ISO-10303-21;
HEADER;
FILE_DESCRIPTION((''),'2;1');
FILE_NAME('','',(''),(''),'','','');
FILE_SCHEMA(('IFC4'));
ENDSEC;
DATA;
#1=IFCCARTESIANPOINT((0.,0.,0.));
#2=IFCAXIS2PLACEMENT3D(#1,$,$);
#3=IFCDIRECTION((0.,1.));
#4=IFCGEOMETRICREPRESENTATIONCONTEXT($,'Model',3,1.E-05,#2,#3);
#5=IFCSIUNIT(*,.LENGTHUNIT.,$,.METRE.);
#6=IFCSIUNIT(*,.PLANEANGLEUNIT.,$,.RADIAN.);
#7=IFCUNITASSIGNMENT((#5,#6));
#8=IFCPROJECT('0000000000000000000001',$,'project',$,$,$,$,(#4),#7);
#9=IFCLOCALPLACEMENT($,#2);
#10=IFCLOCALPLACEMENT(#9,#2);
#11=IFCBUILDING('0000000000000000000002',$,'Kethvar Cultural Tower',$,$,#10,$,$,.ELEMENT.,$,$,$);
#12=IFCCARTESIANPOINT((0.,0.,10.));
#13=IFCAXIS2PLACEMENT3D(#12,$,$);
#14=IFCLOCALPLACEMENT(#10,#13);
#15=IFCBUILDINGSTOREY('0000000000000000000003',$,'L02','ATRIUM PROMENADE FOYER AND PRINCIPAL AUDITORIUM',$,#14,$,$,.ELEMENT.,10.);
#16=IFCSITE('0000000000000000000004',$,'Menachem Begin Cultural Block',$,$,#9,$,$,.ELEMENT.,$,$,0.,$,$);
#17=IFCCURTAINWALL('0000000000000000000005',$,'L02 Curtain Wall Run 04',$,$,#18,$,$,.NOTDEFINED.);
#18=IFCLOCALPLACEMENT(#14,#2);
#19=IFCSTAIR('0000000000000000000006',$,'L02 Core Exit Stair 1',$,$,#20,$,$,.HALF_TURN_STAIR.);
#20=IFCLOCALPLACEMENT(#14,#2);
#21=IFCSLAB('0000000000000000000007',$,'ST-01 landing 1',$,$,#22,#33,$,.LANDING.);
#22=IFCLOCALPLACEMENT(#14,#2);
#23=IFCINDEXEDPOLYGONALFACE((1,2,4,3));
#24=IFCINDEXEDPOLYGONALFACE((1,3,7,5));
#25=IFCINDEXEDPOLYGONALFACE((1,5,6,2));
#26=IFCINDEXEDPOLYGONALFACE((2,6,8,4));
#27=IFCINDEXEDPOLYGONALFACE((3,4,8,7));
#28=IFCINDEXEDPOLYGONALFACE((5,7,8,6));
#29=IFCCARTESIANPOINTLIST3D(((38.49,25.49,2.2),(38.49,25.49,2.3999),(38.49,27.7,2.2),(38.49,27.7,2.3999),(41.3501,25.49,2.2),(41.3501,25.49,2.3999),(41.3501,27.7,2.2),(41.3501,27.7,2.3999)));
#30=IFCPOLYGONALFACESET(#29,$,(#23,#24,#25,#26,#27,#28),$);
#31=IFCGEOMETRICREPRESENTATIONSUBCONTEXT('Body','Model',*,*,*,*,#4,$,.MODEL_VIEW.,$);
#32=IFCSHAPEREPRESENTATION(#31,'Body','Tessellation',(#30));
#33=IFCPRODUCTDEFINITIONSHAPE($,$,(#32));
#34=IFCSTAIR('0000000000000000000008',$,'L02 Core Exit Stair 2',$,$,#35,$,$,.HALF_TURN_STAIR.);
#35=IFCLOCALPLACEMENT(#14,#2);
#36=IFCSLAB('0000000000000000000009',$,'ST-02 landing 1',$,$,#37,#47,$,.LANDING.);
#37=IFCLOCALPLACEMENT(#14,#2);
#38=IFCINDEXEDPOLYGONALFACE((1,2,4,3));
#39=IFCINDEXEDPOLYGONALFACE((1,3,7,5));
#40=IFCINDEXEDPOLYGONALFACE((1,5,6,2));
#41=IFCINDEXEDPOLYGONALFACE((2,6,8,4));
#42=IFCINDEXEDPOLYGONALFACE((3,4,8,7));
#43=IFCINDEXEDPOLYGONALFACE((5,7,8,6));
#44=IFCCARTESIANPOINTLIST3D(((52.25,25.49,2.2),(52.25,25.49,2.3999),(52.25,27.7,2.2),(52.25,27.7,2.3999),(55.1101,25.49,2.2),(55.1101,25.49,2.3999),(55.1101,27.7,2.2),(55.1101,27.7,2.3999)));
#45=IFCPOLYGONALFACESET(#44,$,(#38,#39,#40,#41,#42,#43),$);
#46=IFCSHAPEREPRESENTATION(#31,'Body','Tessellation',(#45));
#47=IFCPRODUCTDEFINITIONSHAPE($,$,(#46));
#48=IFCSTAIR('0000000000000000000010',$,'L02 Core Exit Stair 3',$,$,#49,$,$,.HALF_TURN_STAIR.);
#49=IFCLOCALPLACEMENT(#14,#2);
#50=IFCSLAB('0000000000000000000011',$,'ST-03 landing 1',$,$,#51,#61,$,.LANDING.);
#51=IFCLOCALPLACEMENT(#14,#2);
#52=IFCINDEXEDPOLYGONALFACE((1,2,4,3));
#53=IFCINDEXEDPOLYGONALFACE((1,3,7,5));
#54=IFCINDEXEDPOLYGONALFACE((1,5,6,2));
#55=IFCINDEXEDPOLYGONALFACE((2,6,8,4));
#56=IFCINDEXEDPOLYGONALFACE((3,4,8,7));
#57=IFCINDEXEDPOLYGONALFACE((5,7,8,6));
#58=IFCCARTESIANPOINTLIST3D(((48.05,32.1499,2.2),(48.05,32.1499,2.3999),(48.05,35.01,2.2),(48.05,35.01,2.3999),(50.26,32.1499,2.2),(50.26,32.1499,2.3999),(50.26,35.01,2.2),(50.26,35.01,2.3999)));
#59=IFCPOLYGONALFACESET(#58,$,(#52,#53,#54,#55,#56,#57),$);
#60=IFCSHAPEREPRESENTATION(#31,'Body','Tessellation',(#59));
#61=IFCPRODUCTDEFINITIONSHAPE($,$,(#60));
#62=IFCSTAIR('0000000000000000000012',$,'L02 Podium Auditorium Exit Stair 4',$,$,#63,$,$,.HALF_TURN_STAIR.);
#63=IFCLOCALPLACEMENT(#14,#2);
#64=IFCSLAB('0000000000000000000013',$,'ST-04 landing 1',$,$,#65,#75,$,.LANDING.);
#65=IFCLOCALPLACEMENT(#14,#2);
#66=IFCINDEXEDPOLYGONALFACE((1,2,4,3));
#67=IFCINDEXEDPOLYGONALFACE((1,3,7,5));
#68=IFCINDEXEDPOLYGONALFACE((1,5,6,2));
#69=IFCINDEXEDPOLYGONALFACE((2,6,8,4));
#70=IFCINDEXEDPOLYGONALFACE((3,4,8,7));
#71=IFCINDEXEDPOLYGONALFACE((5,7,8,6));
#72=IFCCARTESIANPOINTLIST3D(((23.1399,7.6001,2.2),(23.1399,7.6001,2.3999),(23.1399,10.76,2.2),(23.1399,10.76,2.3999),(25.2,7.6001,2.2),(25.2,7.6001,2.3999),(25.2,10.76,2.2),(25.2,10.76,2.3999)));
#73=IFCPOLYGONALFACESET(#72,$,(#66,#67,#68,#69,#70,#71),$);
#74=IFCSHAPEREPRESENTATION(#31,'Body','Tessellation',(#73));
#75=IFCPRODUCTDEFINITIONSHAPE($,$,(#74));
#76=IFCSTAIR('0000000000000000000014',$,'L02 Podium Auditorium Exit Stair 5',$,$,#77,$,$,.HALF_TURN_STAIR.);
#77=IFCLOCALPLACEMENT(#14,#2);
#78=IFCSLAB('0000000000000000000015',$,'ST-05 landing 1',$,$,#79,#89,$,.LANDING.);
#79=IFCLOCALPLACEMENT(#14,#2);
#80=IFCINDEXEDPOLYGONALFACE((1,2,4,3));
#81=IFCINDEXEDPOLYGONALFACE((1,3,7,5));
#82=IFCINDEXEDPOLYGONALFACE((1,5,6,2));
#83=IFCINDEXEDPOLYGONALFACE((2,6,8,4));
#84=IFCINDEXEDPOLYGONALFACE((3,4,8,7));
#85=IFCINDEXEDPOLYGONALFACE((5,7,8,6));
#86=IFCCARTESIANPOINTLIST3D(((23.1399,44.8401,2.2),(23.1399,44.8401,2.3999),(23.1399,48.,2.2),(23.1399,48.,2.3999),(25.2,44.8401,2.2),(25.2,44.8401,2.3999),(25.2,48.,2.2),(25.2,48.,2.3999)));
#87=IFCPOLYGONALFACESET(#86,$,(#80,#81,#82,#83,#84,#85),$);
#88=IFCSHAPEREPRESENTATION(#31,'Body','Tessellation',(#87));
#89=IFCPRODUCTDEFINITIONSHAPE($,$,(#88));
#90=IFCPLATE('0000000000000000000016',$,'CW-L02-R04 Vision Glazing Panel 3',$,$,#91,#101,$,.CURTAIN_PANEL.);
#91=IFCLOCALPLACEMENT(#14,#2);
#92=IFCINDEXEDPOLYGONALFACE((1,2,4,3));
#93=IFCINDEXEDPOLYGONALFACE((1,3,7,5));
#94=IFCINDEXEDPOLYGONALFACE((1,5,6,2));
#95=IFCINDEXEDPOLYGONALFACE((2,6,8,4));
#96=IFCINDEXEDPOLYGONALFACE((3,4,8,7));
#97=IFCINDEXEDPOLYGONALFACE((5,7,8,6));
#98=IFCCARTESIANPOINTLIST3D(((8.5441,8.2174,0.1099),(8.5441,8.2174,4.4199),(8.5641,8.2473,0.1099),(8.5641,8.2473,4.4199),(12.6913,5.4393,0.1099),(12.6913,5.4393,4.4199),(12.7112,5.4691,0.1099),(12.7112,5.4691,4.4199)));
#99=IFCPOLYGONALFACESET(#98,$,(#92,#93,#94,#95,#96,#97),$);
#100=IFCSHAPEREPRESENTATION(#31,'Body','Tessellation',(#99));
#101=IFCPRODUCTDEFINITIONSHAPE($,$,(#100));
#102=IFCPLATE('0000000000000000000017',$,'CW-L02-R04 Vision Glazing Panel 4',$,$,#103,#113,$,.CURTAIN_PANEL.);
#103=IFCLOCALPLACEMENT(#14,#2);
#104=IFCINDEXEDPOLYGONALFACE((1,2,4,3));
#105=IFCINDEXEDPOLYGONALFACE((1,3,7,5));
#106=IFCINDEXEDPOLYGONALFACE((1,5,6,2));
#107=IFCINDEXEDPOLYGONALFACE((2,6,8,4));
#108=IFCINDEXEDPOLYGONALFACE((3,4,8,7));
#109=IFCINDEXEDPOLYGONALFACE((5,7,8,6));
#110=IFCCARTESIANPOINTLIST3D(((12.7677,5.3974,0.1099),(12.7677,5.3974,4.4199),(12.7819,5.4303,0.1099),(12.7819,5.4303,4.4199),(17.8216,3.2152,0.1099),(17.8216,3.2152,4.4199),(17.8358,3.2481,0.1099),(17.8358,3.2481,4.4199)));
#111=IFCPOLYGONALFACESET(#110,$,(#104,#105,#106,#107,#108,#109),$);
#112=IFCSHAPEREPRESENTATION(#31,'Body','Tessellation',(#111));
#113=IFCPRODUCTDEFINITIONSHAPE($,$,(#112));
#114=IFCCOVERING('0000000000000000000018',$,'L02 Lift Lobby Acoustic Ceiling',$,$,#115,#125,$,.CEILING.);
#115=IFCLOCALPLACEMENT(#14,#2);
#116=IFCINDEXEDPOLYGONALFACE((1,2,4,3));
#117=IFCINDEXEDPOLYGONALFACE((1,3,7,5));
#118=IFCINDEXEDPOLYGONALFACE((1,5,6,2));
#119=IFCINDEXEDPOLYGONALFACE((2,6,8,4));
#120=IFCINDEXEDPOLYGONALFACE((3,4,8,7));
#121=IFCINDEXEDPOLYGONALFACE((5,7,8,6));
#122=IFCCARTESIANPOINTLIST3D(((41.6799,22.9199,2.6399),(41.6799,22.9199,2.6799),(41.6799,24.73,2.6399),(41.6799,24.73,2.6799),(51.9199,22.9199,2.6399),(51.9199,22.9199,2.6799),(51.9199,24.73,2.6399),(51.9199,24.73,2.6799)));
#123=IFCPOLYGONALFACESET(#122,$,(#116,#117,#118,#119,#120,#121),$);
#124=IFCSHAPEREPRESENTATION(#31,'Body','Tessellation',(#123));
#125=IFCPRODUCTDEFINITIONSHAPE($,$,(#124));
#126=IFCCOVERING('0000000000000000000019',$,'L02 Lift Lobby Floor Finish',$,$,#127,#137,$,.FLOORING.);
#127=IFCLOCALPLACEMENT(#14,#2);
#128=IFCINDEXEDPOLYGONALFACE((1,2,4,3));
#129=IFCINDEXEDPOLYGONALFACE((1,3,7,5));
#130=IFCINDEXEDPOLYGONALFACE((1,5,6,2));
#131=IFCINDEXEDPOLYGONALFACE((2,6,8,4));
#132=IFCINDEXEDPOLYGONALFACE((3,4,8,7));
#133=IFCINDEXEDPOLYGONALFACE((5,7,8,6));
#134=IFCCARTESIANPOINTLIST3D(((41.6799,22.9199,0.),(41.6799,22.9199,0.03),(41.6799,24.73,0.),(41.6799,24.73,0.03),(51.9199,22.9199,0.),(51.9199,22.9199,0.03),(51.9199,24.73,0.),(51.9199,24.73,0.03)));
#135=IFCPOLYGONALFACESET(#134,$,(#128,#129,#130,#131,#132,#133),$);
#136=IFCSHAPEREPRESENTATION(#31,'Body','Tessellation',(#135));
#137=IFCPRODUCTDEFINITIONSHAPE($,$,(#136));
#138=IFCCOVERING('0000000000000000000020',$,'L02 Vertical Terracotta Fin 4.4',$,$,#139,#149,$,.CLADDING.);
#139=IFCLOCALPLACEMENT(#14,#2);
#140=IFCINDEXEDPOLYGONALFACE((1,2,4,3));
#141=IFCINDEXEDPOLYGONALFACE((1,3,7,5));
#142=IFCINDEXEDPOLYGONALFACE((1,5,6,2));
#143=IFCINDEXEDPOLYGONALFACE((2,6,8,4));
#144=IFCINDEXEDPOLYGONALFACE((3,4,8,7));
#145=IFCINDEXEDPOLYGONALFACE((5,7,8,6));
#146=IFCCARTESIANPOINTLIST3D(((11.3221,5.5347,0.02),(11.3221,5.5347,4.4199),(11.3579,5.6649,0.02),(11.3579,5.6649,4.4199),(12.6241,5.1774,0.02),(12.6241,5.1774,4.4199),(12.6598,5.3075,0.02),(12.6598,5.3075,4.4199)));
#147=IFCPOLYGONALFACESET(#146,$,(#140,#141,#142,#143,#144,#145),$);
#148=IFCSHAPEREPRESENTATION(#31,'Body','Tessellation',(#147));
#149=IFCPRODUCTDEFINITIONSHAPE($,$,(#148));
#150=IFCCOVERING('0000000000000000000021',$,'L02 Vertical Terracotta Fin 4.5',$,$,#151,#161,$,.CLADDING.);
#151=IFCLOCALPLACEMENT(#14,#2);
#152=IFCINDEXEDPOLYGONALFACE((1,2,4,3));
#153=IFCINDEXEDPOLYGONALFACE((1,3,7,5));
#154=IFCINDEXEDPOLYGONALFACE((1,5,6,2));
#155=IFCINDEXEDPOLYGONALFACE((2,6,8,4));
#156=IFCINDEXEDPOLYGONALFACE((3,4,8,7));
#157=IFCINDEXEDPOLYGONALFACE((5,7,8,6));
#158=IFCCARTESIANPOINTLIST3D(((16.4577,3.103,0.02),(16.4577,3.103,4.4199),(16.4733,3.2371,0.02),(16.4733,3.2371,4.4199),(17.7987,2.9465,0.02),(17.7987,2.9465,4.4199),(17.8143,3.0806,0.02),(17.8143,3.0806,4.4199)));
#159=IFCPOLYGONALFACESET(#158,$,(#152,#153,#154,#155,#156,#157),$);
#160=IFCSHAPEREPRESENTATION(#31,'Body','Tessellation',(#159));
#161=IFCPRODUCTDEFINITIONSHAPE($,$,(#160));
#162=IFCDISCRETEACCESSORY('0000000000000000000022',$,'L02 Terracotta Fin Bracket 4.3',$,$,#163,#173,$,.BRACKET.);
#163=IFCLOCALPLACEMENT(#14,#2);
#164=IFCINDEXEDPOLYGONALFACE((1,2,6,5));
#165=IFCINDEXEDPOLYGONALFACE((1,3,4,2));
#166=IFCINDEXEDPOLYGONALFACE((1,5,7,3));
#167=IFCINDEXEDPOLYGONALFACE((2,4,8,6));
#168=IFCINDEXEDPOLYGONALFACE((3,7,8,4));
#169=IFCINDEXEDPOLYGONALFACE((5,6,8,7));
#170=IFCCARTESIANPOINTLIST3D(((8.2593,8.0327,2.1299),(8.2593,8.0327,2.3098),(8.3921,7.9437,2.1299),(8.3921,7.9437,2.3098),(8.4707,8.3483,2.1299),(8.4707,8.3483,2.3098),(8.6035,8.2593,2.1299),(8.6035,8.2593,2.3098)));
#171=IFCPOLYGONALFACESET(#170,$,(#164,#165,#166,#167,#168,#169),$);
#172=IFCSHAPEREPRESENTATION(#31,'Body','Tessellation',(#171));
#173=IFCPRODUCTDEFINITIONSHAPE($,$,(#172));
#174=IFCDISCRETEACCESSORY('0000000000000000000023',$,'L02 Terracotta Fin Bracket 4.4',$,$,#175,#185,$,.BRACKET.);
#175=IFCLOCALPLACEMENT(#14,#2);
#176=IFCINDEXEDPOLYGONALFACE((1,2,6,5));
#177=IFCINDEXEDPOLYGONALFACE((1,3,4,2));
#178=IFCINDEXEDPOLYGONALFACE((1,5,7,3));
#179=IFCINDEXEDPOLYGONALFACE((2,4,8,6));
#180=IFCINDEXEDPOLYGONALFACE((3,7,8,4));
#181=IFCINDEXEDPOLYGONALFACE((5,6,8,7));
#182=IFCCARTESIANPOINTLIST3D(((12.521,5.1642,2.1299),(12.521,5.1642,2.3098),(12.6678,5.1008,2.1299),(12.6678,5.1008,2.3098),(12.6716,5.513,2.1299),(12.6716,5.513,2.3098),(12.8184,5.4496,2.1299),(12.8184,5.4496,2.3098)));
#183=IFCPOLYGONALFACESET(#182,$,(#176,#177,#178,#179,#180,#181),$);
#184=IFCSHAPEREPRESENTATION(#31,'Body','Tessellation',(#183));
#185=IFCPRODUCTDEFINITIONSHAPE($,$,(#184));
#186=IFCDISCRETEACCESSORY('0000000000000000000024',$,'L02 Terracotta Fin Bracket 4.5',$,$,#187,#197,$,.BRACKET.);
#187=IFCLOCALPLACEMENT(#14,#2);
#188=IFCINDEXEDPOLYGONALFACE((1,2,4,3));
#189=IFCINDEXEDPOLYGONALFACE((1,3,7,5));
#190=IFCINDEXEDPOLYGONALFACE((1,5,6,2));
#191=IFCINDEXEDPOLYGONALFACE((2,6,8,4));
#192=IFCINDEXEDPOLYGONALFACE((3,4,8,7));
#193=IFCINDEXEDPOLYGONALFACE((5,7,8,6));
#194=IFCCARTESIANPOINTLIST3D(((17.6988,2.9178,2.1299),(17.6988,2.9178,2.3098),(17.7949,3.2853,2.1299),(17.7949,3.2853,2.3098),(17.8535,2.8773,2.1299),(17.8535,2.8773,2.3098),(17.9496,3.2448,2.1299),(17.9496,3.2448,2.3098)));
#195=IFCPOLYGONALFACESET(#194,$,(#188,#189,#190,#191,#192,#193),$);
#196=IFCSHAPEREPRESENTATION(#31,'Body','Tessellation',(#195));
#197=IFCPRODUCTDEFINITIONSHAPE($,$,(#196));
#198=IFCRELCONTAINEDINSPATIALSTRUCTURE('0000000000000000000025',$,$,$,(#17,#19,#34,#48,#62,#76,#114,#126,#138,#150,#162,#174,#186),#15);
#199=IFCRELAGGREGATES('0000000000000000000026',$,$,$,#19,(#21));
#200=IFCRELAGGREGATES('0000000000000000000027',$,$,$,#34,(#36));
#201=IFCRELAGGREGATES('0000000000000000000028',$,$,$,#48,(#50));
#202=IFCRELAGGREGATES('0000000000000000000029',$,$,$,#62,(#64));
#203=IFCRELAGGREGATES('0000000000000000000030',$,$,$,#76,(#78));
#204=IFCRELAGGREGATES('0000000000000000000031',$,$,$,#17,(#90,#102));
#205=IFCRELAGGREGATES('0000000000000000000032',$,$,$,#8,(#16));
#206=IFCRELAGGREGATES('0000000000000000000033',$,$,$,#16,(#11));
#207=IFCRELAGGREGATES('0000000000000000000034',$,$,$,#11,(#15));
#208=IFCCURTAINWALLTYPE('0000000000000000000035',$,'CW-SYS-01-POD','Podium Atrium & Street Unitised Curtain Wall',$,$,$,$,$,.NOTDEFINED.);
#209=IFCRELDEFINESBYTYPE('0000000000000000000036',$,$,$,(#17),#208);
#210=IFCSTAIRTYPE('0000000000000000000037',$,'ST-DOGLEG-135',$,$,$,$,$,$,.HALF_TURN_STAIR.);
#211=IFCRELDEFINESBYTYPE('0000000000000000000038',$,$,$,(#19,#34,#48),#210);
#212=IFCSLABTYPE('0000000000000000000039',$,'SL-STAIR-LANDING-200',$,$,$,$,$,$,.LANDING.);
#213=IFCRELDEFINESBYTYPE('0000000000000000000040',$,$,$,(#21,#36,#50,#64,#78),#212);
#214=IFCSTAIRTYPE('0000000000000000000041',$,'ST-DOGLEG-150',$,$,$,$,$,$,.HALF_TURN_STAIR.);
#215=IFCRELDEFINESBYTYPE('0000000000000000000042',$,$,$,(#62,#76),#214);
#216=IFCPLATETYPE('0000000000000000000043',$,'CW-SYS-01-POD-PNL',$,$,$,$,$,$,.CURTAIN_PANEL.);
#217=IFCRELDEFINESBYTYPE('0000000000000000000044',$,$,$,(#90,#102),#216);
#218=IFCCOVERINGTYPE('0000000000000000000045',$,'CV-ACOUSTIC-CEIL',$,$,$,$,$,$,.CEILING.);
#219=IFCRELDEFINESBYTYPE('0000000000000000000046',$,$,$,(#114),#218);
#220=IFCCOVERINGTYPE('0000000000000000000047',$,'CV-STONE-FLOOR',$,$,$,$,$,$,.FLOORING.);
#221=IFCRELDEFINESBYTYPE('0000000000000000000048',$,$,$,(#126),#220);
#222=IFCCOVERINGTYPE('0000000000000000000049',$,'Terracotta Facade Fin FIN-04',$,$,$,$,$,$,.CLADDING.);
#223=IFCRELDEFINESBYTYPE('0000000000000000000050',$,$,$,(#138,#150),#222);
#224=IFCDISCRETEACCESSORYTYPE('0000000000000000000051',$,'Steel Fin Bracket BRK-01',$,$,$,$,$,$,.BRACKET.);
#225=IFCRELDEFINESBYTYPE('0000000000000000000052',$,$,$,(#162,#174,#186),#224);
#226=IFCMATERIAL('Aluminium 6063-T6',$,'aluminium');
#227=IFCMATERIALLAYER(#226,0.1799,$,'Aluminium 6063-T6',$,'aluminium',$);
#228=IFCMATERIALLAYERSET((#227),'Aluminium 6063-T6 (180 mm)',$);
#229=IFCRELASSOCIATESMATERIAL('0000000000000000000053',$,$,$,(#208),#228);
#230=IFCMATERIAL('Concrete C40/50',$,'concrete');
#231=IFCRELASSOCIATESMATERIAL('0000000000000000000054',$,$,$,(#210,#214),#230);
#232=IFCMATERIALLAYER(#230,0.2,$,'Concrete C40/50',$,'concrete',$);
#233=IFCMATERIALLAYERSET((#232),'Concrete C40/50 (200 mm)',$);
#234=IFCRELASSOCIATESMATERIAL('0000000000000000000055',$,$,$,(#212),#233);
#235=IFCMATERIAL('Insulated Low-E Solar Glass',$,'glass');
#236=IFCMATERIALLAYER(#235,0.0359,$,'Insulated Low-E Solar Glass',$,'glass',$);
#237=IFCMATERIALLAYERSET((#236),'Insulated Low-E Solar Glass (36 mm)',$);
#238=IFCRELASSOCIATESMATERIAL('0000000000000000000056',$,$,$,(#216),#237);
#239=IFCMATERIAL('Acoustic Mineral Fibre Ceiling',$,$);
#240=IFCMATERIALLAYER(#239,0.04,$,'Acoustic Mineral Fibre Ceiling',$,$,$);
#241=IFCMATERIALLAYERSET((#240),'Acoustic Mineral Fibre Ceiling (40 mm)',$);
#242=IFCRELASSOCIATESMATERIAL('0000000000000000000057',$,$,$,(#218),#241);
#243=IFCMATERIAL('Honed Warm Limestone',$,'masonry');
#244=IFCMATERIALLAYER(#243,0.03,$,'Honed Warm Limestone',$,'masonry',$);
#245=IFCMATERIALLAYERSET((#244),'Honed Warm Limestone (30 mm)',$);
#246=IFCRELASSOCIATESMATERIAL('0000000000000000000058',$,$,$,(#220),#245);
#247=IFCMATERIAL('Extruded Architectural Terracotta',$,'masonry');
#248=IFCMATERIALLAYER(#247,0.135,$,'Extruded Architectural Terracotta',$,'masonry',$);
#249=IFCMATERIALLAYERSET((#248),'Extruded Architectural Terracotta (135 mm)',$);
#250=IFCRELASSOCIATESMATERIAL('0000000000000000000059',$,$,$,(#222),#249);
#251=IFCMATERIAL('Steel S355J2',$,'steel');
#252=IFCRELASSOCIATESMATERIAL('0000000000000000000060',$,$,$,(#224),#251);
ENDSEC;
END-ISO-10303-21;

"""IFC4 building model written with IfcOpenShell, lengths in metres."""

from ifc_helpers import new_model, si_unit, direction, frame, origin, origin_2d, place, context, subcontext, project, spatial, polyline, rectangle, outline, extrude, source, transform, mapped, material, layer, layer_set, type_object, element, aggregate, save


model = new_model("IFC4")

# Units and contexts
model_context = context("Model", 3, precision=1e-05, world=origin(), true_north=direction((0.0, 1.0)))
body_context = subcontext(model_context, "Body", "Model", "MODEL_VIEW")
ifc_project = project(units=[si_unit("LENGTHUNIT", "METRE"), si_unit("PLANEANGLEUNIT", "RADIAN")], contexts=[model_context])

# Site, building, storey
site_placement = place(None, origin())
site = spatial("IfcSite", under=ifc_project, at=site_placement, Name="Menachem Begin Cultural Block", CompositionType="ELEMENT", RefElevation=0.0)
building_placement = place(site_placement, origin())
building = spatial("IfcBuilding", under=site, at=building_placement, Name="Kethvar Cultural Tower", CompositionType="ELEMENT")
storey_placement = place(building_placement, frame((0.0, 0.0, 10.0)))
storey = spatial("IfcBuildingStorey", under=building, at=storey_placement, Name="L02", Description="ATRIUM PROMENADE FOYER AND PRINCIPAL AUDITORIUM", CompositionType="ELEMENT", Elevation=10.0)

# Curtain wall
ifc_material_1 = material(Name="Aluminium 6063-T6", Category="aluminium")
ifc_layer_1 = layer(ifc_material_1, 0.1799, Name="Aluminium 6063-T6", Category="aluminium")
ifc_layer_set_1 = layer_set([ifc_layer_1], Name="Aluminium 6063-T6 (180 mm)")
curtain_wall_type = type_object("IfcCurtainWallType", Name="CW-SYS-01-POD", Description="Podium Atrium & Street Unitised Curtain Wall", PredefinedType="NOTDEFINED", material=ifc_layer_set_1)
curtain_wall_placement = place(storey_placement, origin())
curtain_wall = element("IfcCurtainWall", 1, at=curtain_wall_placement, inside=storey, type_object=curtain_wall_type, Name="L02 Curtain Wall Run 04", PredefinedType="NOTDEFINED")

# Shared definitions
ifc_material_2 = material(Name="Concrete C40/50", Category="concrete")

# Stairs, slabs
stair_type_1 = type_object("IfcStairType", Name="ST-DOGLEG-135", PredefinedType="HALF_TURN_STAIR", material=ifc_material_2)
stair_1_placement = place(storey_placement, origin())
stair_1 = element("IfcStair", 2, at=stair_1_placement, inside=storey, type_object=stair_type_1, Name="L02 Core Exit Stair 1", PredefinedType="HALF_TURN_STAIR")
ifc_layer_2 = layer(ifc_material_2, 0.2, Name="Concrete C40/50", Category="concrete")
ifc_layer_set_2 = layer_set([ifc_layer_2], Name="Concrete C40/50 (200 mm)")
slab_type_1 = type_object("IfcSlabType", Name="SL-STAIR-LANDING-200", PredefinedType="LANDING", material=ifc_layer_set_2)
slab_1_placement = place(storey_placement, frame((0.0, 0.0, 2.2)))
slab_1 = element("IfcSlab", 3, at=slab_1_placement, type_object=slab_type_1, Name="ST-01 landing 1", PredefinedType="LANDING", context=body_context, shape_type="SweptSolid", body=[
    extrude(outline(polyline([(41.3501, 25.49), (41.3501, 27.7), (38.49, 27.7), (38.49, 25.49), (41.3501, 25.49)])), origin(), (0.0, 0.0, 1.0), 0.2),
])
aggregate(stair_1, [slab_1])
stair_2_placement = place(storey_placement, origin())
stair_2 = element("IfcStair", 4, at=stair_2_placement, inside=storey, type_object=stair_type_1, Name="L02 Core Exit Stair 2", PredefinedType="HALF_TURN_STAIR")
slab_2_placement = place(storey_placement, frame((0.0, 0.0, 2.2)))
slab_2 = element("IfcSlab", 5, at=slab_2_placement, type_object=slab_type_1, Name="ST-02 landing 1", PredefinedType="LANDING", context=body_context, shape_type="SweptSolid", body=[
    extrude(outline(polyline([(55.1101, 25.49), (55.1101, 27.7), (52.25, 27.7), (52.25, 25.49), (55.1101, 25.49)])), origin(), (0.0, 0.0, 1.0), 0.2),
])
aggregate(stair_2, [slab_2])
stair_3_placement = place(storey_placement, origin())
stair_3 = element("IfcStair", 6, at=stair_3_placement, inside=storey, type_object=stair_type_1, Name="L02 Core Exit Stair 3", PredefinedType="HALF_TURN_STAIR")
slab_3_placement = place(storey_placement, frame((0.0, 0.0, 2.2)))
slab_3 = element("IfcSlab", 7, at=slab_3_placement, type_object=slab_type_1, Name="ST-03 landing 1", PredefinedType="LANDING", context=body_context, shape_type="SweptSolid", body=[
    extrude(outline(polyline([(50.26, 35.01), (48.05, 35.01), (48.05, 32.1499), (50.26, 32.1499), (50.26, 35.01)])), origin(), (0.0, 0.0, 1.0), 0.2),
])
aggregate(stair_3, [slab_3])
stair_type_2 = type_object("IfcStairType", Name="ST-DOGLEG-150", PredefinedType="HALF_TURN_STAIR", material=ifc_material_2)
stair_4_placement = place(storey_placement, origin())
stair_4 = element("IfcStair", 8, at=stair_4_placement, inside=storey, type_object=stair_type_2, Name="L02 Podium Auditorium Exit Stair 4", PredefinedType="HALF_TURN_STAIR")
slab_4_placement = place(storey_placement, frame((0.0, 0.0, 2.2)))
slab_4 = element("IfcSlab", 9, at=slab_4_placement, type_object=slab_type_1, Name="ST-04 landing 1", PredefinedType="LANDING", context=body_context, shape_type="SweptSolid", body=[
    extrude(outline(polyline([(23.1399, 7.6001), (25.2, 7.6001), (25.2, 10.76), (23.1399, 10.76), (23.1399, 7.6001)])), origin(), (0.0, 0.0, 1.0), 0.2),
])
aggregate(stair_4, [slab_4])
stair_5_placement = place(storey_placement, origin())
stair_5 = element("IfcStair", 10, at=stair_5_placement, inside=storey, type_object=stair_type_2, Name="L02 Podium Auditorium Exit Stair 5", PredefinedType="HALF_TURN_STAIR")
slab_5_placement = place(storey_placement, frame((0.0, 0.0, 2.2)))
slab_5 = element("IfcSlab", 11, at=slab_5_placement, type_object=slab_type_1, Name="ST-05 landing 1", PredefinedType="LANDING", context=body_context, shape_type="SweptSolid", body=[
    extrude(outline(polyline([(23.1399, 44.8401), (25.2, 44.8401), (25.2, 48.0), (23.1399, 48.0), (23.1399, 44.8401)])), origin(), (0.0, 0.0, 1.0), 0.2),
])
aggregate(stair_5, [slab_5])

# Plates
ifc_material_3 = material(Name="Insulated Low-E Solar Glass", Category="glass")
ifc_layer_3 = layer(ifc_material_3, 0.0359, Name="Insulated Low-E Solar Glass", Category="glass")
ifc_layer_set_3 = layer_set([ifc_layer_3], Name="Insulated Low-E Solar Glass (36 mm)")
plate_type = type_object("IfcPlateType", Name="CW-SYS-01-POD-PNL", PredefinedType="CURTAIN_PANEL", material=ifc_layer_set_3)
shared_shape_1 = source(origin(), body_context, "Body", "SweptSolid", [
    extrude(rectangle(XDim=4.9917, YDim=0.0359, at=origin_2d()), origin(), (0.0, 0.0, 1.0), 4.3101),
])
plate_1_placement = place(storey_placement, frame((10.6277, 6.8433, 0.1099), z_axis=(0.0, 0.0, 1.0), x_axis=(0.83081, -0.556557, 0.0)))
plate_1 = element("IfcPlate", 12, at=plate_1_placement, type_object=plate_type, Name="CW-L02-R04 Vision Glazing Panel 3", PredefinedType="CURTAIN_PANEL", context=body_context, shape_type="MappedRepresentation", body=[
    mapped(shared_shape_1, transform((0.0, 0.0, 0.0), scale=1.0)),
])
shared_shape_2 = source(origin(), body_context, "Body", "SweptSolid", [
    extrude(rectangle(XDim=5.5049, YDim=0.0359, at=origin_2d()), origin(), (0.0, 0.0, 1.0), 4.3101),
])
plate_2_placement = place(storey_placement, frame((15.3018, 4.3228, 0.1099), z_axis=(0.0, 0.0, 1.0), x_axis=(0.918073, -0.396411, 0.0)))
plate_2 = element("IfcPlate", 13, at=plate_2_placement, type_object=plate_type, Name="CW-L02-R04 Vision Glazing Panel 4", PredefinedType="CURTAIN_PANEL", context=body_context, shape_type="MappedRepresentation", body=[
    mapped(shared_shape_2, transform((0.0, 0.0, 0.0), scale=1.0)),
])
aggregate(curtain_wall, [plate_1, plate_2])

# Shared definitions
ifc_material_4 = material(Name="Steel S355J2", Category="steel")

# Coverings
ifc_material_5 = material(Name="Acoustic Mineral Fibre Ceiling")
ifc_layer_4 = layer(ifc_material_5, 0.04, Name="Acoustic Mineral Fibre Ceiling")
ifc_layer_set_4 = layer_set([ifc_layer_4], Name="Acoustic Mineral Fibre Ceiling (40 mm)")
covering_type_1 = type_object("IfcCoveringType", Name="CV-ACOUSTIC-CEIL", PredefinedType="CEILING", material=ifc_layer_set_4)
covering_1_placement = place(storey_placement, frame((0.0, 0.0, 2.6399)))
element("IfcCovering", 14, at=covering_1_placement, inside=storey, type_object=covering_type_1, Name="L02 Lift Lobby Acoustic Ceiling", PredefinedType="CEILING", context=body_context, shape_type="SweptSolid", body=[
    extrude(outline(polyline([(41.6799, 22.9199), (51.9199, 22.9199), (51.9199, 24.73), (41.6799, 24.73), (41.6799, 22.9199)])), origin(), (0.0, 0.0, 1.0), 0.04),
])
ifc_material_6 = material(Name="Honed Warm Limestone", Category="masonry")
ifc_layer_5 = layer(ifc_material_6, 0.03, Name="Honed Warm Limestone", Category="masonry")
ifc_layer_set_5 = layer_set([ifc_layer_5], Name="Honed Warm Limestone (30 mm)")
covering_type_2 = type_object("IfcCoveringType", Name="CV-STONE-FLOOR", PredefinedType="FLOORING", material=ifc_layer_set_5)
covering_2_placement = place(storey_placement, origin())
element("IfcCovering", 15, at=covering_2_placement, inside=storey, type_object=covering_type_2, Name="L02 Lift Lobby Floor Finish", PredefinedType="FLOORING", context=body_context, shape_type="SweptSolid", body=[
    extrude(outline(polyline([(41.6799, 22.9199), (51.9199, 22.9199), (51.9199, 24.73), (41.6799, 24.73), (41.6799, 22.9199)])), origin(), (0.0, 0.0, 1.0), 0.03),
])
ifc_material_7 = material(Name="Extruded Architectural Terracotta", Category="masonry")
ifc_layer_6 = layer(ifc_material_7, 0.135, Name="Extruded Architectural Terracotta", Category="masonry")
ifc_layer_set_6 = layer_set([ifc_layer_6], Name="Extruded Architectural Terracotta (135 mm)")
covering_type_3 = type_object("IfcCoveringType", Name="Terracotta Facade Fin FIN-04", PredefinedType="CLADDING", material=ifc_layer_set_6)
shared_shape_3 = source(origin(), body_context, "Body", "SweptSolid", [
    extrude(rectangle(XDim=1.3501, YDim=0.135, at=origin_2d()), origin(), (0.0, 0.0, 1.0), 4.3999),
])
for number, where, z_axis, x_axis, name in (
    (16, (11.991, 5.4211, 0.02), (0.0, 0.0, 1.0), (-0.964327, 0.264715, 0.0), "L02 Vertical Terracotta Fin 4.4"),
    (17, (17.136, 3.0918, 0.02), (0.0, 0.0, 1.0), (-0.993252, 0.115977, 0.0), "L02 Vertical Terracotta Fin 4.5"),
):
    element("IfcCovering", number, at=place(storey_placement, frame(where, z_axis=z_axis, x_axis=x_axis)), inside=storey, type_object=covering_type_3, Name=name, PredefinedType="CLADDING", context=body_context, shape_type="MappedRepresentation", body=[
        mapped(shared_shape_3, transform((0.0, 0.0, 0.0), scale=1.0)),
    ])

# Discrete accessories
discrete_accessory_type = type_object("IfcDiscreteAccessoryType", Name="Steel Fin Bracket BRK-01", PredefinedType="BRACKET", material=ifc_material_4)
shared_shape_4 = source(origin(), body_context, "Body", "SweptSolid", [
    extrude(rectangle(XDim=0.3799, YDim=0.1599, at=origin_2d()), origin(), (0.0, 0.0, 1.0), 0.1799),
])
for number, where, z_axis, x_axis, name in (
    (18, (8.4314, 8.146, 2.1299), (0.0, 0.0, 1.0), (-0.556586, -0.83079, 0.0), "L02 Terracotta Fin Bracket 4.3"),
    (19, (12.6697, 5.3069, 2.1299), (0.0, 0.0, 1.0), (-0.396347, -0.918101, 0.0), "L02 Terracotta Fin Bracket 4.4"),
    (20, (17.8242, 3.0813, 2.1299), (0.0, 0.0, 1.0), (-0.253083, -0.967445, 0.0), "L02 Terracotta Fin Bracket 4.5"),
):
    element("IfcDiscreteAccessory", number, at=place(storey_placement, frame(where, z_axis=z_axis, x_axis=x_axis)), inside=storey, type_object=discrete_accessory_type, Name=name, PredefinedType="BRACKET", context=body_context, shape_type="MappedRepresentation", body=[
        mapped(shared_shape_4, transform((0.0, 0.0, 0.0), scale=1.0)),
    ])

save(model, "model.ifc")
